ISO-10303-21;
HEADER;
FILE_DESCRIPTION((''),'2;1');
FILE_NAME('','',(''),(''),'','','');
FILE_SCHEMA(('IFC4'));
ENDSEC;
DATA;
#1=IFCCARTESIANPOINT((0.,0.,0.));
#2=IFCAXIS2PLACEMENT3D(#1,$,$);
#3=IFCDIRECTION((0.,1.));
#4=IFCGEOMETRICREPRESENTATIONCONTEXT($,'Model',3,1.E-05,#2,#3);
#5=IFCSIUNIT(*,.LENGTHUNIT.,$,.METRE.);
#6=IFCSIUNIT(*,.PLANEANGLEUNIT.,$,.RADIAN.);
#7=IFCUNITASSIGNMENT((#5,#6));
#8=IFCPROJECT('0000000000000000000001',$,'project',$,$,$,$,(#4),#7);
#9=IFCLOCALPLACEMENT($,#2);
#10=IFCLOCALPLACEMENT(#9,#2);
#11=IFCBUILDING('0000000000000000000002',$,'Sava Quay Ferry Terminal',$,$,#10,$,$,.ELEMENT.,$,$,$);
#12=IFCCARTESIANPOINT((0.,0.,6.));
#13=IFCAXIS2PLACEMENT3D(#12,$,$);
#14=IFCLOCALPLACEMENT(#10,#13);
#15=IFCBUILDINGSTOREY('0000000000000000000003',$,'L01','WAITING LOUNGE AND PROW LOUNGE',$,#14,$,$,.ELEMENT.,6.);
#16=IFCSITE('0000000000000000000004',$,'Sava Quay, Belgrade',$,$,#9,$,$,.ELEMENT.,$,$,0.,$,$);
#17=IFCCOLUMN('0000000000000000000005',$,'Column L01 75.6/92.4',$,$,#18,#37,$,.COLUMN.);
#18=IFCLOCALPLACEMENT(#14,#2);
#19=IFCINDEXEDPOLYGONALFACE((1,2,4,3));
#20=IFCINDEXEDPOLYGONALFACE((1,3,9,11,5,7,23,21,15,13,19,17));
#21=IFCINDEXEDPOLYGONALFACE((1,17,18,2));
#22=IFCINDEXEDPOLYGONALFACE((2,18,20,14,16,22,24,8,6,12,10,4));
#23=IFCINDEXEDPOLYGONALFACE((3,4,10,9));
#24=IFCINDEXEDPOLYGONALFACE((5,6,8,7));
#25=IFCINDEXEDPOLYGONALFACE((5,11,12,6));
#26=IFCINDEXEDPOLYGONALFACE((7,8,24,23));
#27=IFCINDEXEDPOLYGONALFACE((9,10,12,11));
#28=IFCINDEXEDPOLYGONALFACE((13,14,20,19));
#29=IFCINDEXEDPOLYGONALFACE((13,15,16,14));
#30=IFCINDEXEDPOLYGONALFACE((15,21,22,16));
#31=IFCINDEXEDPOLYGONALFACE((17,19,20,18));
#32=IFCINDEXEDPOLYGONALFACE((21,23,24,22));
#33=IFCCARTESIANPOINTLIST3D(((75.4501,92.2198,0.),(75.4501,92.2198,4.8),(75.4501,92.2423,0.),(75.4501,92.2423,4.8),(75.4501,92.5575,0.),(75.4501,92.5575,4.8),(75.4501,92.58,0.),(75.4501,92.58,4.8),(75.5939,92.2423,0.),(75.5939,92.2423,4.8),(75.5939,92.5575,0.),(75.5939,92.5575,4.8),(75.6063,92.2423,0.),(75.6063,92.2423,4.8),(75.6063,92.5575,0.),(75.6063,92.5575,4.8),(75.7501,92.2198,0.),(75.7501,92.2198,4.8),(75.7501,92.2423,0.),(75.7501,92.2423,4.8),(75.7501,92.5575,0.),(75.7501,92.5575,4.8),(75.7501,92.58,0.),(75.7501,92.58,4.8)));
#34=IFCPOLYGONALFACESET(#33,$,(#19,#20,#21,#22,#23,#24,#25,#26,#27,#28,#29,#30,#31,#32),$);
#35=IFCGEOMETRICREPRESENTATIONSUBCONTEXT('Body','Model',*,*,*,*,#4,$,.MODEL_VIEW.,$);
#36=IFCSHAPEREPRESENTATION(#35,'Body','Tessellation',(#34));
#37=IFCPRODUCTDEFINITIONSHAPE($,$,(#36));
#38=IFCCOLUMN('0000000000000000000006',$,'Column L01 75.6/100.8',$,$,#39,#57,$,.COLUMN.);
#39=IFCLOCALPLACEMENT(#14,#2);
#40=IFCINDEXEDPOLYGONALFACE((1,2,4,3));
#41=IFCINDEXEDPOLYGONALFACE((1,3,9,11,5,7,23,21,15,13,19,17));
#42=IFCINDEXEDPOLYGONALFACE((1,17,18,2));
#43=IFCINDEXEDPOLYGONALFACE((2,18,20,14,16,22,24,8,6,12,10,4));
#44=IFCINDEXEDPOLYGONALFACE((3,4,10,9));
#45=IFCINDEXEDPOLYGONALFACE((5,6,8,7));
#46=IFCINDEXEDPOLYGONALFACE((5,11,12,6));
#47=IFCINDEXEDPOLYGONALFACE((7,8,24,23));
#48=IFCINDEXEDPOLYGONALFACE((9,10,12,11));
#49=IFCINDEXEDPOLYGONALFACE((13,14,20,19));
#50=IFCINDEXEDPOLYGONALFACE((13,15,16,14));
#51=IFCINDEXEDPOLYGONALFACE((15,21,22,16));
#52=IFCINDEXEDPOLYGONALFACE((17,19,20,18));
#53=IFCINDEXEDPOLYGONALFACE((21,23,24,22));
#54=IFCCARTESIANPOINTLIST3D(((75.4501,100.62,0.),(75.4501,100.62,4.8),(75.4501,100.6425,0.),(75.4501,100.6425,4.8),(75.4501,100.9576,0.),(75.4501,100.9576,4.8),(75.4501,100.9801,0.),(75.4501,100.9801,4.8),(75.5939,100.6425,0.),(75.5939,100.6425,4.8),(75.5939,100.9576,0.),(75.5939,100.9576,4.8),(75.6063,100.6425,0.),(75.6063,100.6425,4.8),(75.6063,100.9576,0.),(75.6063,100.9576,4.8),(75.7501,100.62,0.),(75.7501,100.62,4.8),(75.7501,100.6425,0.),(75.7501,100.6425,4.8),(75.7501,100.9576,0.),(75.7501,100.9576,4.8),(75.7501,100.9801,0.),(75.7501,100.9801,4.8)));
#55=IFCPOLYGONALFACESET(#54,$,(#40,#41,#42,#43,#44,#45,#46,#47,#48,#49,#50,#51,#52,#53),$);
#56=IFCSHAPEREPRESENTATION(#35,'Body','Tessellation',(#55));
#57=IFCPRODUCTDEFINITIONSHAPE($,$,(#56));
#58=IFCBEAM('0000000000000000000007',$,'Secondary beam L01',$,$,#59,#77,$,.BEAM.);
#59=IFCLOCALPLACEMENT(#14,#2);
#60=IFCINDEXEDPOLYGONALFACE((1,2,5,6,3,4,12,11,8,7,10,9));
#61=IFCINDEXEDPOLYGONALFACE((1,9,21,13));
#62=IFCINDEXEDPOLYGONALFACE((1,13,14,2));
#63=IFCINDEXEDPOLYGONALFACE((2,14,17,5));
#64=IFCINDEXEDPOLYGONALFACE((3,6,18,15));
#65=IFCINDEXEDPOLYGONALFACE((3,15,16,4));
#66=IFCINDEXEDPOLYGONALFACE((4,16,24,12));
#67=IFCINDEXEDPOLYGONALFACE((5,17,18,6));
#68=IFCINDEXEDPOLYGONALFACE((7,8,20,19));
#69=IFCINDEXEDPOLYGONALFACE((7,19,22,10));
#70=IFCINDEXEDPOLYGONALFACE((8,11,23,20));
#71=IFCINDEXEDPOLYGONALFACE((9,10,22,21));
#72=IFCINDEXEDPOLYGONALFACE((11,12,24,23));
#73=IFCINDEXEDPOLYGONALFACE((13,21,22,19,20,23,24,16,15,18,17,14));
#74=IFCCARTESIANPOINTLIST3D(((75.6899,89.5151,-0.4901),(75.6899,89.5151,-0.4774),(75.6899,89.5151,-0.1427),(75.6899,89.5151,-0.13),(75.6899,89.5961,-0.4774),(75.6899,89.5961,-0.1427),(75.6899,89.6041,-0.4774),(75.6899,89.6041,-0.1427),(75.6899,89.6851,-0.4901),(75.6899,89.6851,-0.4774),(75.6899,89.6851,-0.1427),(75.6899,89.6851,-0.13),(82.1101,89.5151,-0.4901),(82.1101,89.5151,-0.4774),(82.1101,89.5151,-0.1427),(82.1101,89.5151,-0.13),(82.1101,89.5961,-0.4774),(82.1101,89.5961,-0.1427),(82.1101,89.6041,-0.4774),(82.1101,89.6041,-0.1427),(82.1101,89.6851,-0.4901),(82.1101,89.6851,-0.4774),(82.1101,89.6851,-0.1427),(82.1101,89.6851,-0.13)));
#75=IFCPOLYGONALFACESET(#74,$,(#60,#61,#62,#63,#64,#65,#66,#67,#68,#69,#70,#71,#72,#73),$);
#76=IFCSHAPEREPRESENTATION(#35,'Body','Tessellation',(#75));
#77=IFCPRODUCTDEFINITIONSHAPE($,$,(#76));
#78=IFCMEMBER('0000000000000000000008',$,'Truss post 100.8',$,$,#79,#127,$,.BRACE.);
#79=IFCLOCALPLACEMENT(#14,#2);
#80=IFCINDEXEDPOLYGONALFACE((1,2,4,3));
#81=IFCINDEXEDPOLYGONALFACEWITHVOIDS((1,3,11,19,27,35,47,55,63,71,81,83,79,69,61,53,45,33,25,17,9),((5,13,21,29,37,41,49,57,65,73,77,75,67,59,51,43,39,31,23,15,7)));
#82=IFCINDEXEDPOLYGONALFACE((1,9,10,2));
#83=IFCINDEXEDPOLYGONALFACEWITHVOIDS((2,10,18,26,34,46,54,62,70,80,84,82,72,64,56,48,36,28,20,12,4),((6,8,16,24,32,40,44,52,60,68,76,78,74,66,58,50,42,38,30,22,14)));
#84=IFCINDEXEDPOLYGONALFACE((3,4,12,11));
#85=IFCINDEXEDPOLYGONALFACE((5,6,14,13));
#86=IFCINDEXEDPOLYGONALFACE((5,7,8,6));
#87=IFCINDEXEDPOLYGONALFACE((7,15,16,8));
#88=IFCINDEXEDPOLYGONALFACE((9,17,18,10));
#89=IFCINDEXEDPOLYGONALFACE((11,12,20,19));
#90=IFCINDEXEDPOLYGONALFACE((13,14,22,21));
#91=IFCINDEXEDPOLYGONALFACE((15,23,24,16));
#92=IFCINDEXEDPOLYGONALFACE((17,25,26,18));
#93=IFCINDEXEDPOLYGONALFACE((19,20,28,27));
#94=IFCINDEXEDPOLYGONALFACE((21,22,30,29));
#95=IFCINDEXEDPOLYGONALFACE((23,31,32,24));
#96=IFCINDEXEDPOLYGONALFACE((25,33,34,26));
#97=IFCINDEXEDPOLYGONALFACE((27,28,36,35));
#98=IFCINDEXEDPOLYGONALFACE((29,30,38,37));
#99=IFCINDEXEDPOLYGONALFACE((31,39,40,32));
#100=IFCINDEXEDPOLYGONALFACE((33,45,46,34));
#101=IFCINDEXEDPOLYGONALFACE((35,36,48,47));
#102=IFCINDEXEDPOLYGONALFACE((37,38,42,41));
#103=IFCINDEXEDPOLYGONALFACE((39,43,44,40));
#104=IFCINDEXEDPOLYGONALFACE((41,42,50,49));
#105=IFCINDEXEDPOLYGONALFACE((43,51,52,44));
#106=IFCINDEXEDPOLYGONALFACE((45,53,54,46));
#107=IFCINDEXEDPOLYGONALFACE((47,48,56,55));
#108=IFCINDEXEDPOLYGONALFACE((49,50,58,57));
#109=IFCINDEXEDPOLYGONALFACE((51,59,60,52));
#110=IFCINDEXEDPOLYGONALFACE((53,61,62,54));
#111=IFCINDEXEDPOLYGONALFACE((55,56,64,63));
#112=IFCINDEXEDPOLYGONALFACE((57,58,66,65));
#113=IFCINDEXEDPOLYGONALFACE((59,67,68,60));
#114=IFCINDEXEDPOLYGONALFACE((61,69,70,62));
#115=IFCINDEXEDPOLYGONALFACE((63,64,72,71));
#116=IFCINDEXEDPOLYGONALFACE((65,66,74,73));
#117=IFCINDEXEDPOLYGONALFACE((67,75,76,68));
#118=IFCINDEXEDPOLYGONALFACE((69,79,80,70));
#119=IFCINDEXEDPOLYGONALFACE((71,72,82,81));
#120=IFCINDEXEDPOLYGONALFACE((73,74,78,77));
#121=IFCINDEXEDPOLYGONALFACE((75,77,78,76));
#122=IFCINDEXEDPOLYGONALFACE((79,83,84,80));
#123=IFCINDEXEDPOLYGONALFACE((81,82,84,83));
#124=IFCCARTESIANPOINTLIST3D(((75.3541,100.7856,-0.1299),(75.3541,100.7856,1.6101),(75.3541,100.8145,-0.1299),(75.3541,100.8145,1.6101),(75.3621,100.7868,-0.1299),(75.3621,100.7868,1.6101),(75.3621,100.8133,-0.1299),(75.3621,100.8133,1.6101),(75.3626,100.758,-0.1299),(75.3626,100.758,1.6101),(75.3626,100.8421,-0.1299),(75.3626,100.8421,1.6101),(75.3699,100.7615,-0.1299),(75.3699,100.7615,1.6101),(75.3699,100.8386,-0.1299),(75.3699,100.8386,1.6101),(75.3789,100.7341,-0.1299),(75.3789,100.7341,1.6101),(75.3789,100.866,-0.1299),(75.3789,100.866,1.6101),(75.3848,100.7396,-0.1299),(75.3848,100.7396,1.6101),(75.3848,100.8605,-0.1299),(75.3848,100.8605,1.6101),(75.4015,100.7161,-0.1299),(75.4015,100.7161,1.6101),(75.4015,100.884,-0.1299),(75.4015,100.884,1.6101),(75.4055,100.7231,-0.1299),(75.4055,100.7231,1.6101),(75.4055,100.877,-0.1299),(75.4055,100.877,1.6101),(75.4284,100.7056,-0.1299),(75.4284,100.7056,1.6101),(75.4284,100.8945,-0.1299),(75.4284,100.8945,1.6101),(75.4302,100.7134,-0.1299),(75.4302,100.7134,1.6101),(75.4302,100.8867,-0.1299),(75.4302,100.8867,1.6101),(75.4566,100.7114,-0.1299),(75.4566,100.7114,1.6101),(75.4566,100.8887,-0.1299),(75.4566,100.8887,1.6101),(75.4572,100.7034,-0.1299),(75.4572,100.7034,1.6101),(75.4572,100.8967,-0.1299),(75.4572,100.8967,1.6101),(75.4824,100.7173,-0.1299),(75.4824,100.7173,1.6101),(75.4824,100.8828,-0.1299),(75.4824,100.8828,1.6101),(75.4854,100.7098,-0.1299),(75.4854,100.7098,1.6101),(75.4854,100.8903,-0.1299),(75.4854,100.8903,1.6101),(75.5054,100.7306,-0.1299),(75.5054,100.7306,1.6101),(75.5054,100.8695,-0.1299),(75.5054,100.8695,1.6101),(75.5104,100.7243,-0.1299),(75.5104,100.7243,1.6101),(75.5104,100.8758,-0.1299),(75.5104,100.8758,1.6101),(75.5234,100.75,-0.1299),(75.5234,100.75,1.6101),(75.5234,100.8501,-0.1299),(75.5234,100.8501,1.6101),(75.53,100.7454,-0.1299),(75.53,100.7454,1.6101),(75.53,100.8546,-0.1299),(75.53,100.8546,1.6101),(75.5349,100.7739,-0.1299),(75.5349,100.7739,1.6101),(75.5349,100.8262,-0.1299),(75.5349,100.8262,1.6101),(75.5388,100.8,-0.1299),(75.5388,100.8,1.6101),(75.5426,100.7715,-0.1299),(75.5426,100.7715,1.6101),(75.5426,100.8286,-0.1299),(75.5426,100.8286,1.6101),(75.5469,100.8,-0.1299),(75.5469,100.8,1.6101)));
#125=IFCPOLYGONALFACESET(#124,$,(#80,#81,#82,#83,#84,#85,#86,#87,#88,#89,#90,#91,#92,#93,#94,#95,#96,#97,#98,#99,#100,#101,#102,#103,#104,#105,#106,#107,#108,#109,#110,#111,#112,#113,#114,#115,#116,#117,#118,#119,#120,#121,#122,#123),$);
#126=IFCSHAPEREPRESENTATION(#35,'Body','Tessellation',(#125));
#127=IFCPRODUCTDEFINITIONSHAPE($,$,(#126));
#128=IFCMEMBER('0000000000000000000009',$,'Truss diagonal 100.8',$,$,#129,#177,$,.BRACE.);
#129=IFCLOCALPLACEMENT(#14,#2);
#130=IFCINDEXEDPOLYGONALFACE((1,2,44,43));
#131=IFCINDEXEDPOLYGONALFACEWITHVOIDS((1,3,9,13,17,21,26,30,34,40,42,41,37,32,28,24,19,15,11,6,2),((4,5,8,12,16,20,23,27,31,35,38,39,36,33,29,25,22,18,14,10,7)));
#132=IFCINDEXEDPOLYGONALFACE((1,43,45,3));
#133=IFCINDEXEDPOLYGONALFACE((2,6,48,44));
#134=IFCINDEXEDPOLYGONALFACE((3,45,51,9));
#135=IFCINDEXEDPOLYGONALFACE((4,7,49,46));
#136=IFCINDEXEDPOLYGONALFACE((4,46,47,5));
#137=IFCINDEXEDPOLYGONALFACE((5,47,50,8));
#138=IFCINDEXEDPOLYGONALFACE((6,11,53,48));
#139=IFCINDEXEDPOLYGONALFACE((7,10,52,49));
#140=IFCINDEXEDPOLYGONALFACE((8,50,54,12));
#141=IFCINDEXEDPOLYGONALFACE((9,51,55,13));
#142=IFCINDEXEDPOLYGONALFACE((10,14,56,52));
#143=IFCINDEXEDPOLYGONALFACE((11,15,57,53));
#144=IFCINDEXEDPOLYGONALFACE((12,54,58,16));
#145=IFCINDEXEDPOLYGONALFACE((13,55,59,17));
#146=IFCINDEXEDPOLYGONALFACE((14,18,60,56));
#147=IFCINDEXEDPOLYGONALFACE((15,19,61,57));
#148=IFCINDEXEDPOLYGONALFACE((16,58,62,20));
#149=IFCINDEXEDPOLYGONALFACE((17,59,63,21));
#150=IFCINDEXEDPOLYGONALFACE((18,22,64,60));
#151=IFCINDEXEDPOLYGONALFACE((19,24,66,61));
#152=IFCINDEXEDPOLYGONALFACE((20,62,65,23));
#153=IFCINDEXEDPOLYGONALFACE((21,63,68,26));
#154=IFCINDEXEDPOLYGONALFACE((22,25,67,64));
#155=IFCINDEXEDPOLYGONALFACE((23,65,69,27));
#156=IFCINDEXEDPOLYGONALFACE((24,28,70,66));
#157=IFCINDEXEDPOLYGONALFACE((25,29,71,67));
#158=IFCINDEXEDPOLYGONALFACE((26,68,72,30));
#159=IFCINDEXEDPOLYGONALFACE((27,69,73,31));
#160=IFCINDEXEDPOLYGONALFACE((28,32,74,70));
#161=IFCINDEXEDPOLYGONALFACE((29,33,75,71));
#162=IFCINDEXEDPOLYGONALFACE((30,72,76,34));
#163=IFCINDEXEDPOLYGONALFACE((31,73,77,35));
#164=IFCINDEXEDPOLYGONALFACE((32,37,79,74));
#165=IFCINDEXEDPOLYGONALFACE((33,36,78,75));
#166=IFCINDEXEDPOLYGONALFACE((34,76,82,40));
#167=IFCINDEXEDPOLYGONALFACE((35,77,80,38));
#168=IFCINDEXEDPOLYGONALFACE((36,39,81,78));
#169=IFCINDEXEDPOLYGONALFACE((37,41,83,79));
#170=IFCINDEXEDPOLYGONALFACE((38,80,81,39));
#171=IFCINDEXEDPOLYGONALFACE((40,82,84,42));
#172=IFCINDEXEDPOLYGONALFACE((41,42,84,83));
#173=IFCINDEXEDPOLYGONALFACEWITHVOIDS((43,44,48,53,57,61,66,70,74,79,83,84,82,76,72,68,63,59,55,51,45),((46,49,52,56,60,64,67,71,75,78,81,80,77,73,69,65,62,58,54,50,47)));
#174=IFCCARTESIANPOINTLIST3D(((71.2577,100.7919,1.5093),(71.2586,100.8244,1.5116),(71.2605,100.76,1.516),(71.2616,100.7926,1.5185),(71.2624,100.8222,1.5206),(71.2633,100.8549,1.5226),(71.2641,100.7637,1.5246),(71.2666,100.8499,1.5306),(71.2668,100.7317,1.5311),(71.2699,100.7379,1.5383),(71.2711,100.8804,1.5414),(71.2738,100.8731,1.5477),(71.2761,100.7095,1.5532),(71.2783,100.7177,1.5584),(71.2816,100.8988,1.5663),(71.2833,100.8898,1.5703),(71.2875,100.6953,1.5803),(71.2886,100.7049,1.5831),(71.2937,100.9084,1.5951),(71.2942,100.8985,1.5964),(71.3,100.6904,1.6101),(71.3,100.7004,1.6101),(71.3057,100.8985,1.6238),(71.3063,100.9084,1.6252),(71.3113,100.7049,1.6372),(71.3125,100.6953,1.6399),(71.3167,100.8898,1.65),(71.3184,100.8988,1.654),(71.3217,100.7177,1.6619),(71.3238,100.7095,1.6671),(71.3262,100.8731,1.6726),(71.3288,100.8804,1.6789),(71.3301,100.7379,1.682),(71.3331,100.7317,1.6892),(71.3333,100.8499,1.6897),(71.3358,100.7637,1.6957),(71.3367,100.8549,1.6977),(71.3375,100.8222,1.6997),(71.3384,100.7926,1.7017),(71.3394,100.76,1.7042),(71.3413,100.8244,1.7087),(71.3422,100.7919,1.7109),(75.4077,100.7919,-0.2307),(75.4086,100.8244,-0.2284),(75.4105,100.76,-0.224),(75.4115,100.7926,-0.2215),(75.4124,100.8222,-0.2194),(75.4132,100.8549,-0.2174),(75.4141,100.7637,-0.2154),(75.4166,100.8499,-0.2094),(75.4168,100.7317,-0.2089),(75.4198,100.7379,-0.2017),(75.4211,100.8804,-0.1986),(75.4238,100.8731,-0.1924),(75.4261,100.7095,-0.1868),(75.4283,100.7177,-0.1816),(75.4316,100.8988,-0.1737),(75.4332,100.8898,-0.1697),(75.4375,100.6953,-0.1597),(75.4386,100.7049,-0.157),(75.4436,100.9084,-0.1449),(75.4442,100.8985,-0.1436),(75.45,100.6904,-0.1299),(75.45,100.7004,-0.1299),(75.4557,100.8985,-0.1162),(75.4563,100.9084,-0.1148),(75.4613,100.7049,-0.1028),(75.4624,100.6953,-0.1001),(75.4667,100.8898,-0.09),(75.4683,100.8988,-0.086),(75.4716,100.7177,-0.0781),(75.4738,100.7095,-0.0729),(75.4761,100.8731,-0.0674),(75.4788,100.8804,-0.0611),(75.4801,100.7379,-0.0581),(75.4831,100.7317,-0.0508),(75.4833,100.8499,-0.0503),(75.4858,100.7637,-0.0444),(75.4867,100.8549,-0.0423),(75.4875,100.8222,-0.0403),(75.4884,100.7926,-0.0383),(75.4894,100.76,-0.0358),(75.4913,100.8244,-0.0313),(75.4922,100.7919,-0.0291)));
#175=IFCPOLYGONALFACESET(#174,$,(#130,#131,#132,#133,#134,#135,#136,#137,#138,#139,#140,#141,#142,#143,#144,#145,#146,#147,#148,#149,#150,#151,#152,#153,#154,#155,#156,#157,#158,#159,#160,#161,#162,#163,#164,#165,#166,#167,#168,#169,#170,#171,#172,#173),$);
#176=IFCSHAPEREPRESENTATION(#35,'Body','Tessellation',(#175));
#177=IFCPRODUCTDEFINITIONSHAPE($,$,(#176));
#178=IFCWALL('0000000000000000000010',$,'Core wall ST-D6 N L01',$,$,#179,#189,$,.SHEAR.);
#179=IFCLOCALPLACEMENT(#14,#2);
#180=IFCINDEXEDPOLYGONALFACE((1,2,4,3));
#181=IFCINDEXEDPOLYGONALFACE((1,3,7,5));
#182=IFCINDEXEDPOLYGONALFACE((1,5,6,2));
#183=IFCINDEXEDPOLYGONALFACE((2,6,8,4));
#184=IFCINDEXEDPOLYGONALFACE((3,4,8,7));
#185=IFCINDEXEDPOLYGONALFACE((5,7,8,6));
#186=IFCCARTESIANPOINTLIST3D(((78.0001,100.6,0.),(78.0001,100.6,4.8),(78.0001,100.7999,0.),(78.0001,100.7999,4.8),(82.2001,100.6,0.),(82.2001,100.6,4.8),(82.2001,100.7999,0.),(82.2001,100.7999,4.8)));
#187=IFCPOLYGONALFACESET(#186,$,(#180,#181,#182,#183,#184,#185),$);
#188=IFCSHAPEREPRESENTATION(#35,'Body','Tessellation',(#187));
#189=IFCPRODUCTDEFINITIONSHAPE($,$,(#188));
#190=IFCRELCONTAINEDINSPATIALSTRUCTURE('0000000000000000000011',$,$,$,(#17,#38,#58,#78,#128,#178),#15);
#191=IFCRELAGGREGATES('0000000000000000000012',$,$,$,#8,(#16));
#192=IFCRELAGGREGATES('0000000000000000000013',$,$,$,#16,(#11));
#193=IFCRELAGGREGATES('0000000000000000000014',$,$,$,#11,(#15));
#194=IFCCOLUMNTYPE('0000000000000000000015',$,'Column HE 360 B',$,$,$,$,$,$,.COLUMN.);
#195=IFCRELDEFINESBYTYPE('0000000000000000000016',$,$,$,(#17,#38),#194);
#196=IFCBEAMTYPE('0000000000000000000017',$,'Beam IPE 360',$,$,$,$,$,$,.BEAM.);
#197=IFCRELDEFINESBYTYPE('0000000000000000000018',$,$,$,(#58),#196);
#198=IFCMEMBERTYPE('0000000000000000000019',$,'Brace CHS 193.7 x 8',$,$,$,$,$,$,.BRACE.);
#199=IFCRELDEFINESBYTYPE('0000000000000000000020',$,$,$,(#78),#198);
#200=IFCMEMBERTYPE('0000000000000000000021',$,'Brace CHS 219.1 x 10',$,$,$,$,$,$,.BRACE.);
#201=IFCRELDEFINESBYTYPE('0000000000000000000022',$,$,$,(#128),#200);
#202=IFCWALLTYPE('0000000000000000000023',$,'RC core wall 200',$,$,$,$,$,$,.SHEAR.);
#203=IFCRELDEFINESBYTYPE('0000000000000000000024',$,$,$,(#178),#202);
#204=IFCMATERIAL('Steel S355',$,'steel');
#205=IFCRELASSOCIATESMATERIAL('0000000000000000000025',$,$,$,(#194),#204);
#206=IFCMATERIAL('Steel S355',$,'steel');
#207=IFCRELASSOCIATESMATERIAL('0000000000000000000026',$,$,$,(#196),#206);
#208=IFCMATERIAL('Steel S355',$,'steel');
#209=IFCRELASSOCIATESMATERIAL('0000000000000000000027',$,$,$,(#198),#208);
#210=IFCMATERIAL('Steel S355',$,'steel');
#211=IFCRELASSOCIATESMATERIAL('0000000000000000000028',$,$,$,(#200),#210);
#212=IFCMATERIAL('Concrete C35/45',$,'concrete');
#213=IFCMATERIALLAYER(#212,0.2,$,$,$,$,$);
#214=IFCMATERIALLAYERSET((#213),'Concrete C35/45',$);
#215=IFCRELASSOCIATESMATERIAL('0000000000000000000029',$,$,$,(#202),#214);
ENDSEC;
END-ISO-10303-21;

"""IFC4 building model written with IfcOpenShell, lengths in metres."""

from ifc_helpers import new_model, si_unit, direction, frame, frame_2d, origin, origin_2d, place, context, subcontext, project, spatial, rectangle, hollow_circle, i_section, extrude, material, layer, layer_set, material_profile, profile_set, type_object, element, save


model = new_model("IFC4")

# Units and contexts
model_context = context("Model", 3, precision=1e-05, world=origin(), true_north=direction((0.0, 1.0)))
body_context = subcontext(model_context, "Body", "Model", "MODEL_VIEW")
ifc_project = project(units=[si_unit("LENGTHUNIT", "METRE"), si_unit("PLANEANGLEUNIT", "RADIAN")], contexts=[model_context])

# Site, building, storey
site_placement = place(None, origin())
site = spatial("IfcSite", under=ifc_project, at=site_placement, Name="Sava Quay, Belgrade", CompositionType="ELEMENT", RefElevation=0.0)
building_placement = place(site_placement, origin())
building = spatial("IfcBuilding", under=site, at=building_placement, Name="Sava Quay Ferry Terminal", CompositionType="ELEMENT")
storey_placement = place(building_placement, frame((0.0, 0.0, 6.0)))
storey = spatial("IfcBuildingStorey", under=building, at=storey_placement, Name="L01", Description="WAITING LOUNGE AND PROW LOUNGE", CompositionType="ELEMENT", Elevation=6.0)

# Columns
ifc_material_1 = material(Name="Steel S355", Category="steel")
ifc_material_profile_1 = material_profile(ifc_material_1, i_section(OverallWidth=0.3, OverallDepth=0.3601, WebThickness=0.0125, FlangeThickness=0.0225, at=origin_2d()), Name="HE 360 B")
ifc_profile_set_1 = profile_set([ifc_material_profile_1], Name="Steel S355")
column_type = type_object("IfcColumnType", Name="Column HE 360 B", PredefinedType="COLUMN", material=ifc_profile_set_1)
for number, where, z_axis, x_axis, name in (
    (1, (75.6001, 92.3999, 0.0), (0.0, 0.0, 1.0), (1.0, 0.0, 0.0), "Column L01 75.6/92.4"),
    (2, (75.6001, 100.8, 0.0), (0.0, 0.0, 1.0), (1.0, 0.0, 0.0), "Column L01 75.6/100.8"),
):
    element("IfcColumn", number, at=place(storey_placement, frame(where, z_axis=z_axis, x_axis=x_axis)), inside=storey, type_object=column_type, Name=name, PredefinedType="COLUMN", context=body_context, shape_type="SweptSolid", body=[
        extrude(i_section(OverallWidth=0.3, OverallDepth=0.3601, WebThickness=0.0125, FlangeThickness=0.0225, at=origin_2d()), origin(), (0.0, 0.0, 1.0), 4.8),
    ])

# Beam
ifc_material_2 = material(Name="Steel S355", Category="steel")
ifc_material_profile_2 = material_profile(ifc_material_2, i_section(OverallWidth=0.1699, OverallDepth=0.3601, WebThickness=0.0081, FlangeThickness=0.0127, at=origin_2d()), Name="IPE 360")
ifc_profile_set_2 = profile_set([ifc_material_profile_2], Name="Steel S355")
beam_type = type_object("IfcBeamType", Name="Beam IPE 360", PredefinedType="BEAM", material=ifc_profile_set_2)
beam_placement = place(storey_placement, frame((75.6899, 89.6001, -0.3101), z_axis=(1.0, 0.0, 0.0), x_axis=(0.0, 1.0, 0.0)))
element("IfcBeam", 3, at=beam_placement, inside=storey, type_object=beam_type, Name="Secondary beam L01", PredefinedType="BEAM", context=body_context, shape_type="SweptSolid", body=[
    extrude(i_section(OverallWidth=0.1699, OverallDepth=0.3601, WebThickness=0.0081, FlangeThickness=0.0127, at=origin_2d()), origin(), (0.0, 0.0, 1.0), 6.4202),
])

# Members
ifc_material_3 = material(Name="Steel S355", Category="steel")
ifc_material_profile_3 = material_profile(ifc_material_3, hollow_circle(Radius=0.0969, WallThickness=0.0081, at=origin_2d()), Name="CHS 193.7 x 8")
ifc_profile_set_3 = profile_set([ifc_material_profile_3], Name="Steel S355")
member_type_1 = type_object("IfcMemberType", Name="Brace CHS 193.7 x 8", PredefinedType="BRACE", material=ifc_profile_set_3)
member_1_placement = place(storey_placement, frame((75.45, 100.8, -0.1299), z_axis=(0.0, 0.0, 1.0), x_axis=(1.0, 0.0, 0.0)))
element("IfcMember", 4, at=member_1_placement, inside=storey, type_object=member_type_1, Name="Truss post 100.8", PredefinedType="BRACE", context=body_context, shape_type="SweptSolid", body=[
    extrude(hollow_circle(Radius=0.0969, WallThickness=0.0081, at=origin_2d()), origin(), (0.0, 0.0, 1.0), 1.74),
])
ifc_material_4 = material(Name="Steel S355", Category="steel")
ifc_material_profile_4 = material_profile(ifc_material_4, hollow_circle(Radius=0.1096, WallThickness=0.01, at=origin_2d()), Name="CHS 219.1 x 10")
ifc_profile_set_4 = profile_set([ifc_material_profile_4], Name="Steel S355")
member_type_2 = type_object("IfcMemberType", Name="Brace CHS 219.1 x 10", PredefinedType="BRACE", material=ifc_profile_set_4)
member_2_placement = place(storey_placement, frame((75.45, 100.8, -0.1299), z_axis=(-0.922217, 0.0, 0.386672), x_axis=(0.0, -1.0, 0.0)))
element("IfcMember", 5, at=member_2_placement, inside=storey, type_object=member_type_2, Name="Truss diagonal 100.8", PredefinedType="BRACE", context=body_context, shape_type="SweptSolid", body=[
    extrude(hollow_circle(Radius=0.1096, WallThickness=0.01, at=origin_2d()), origin(), (0.0, 0.0, 1.0), 4.5),
])

# Shared definitions
ifc_material_5 = material(Name="Concrete C35/45", Category="concrete")
ifc_layer_1 = layer(ifc_material_5, 0.2)
ifc_layer_set_1 = layer_set([ifc_layer_1], Name="Concrete C35/45")
wall_type_1 = type_object("IfcWallType", Name="RC core wall 200", PredefinedType="SHEAR", material=ifc_layer_set_1)

# Wall
wall_1_placement = place(storey_placement, frame((78.0, 100.7, 0.0), z_axis=(0.0, 0.0, 1.0), x_axis=(1.0, 0.0, 0.0)))
element("IfcWall", 6, at=wall_1_placement, inside=storey, type_object=wall_type_1, Name="Core wall ST-D6 N L01", PredefinedType="SHEAR", context=body_context, shape_type="SweptSolid", body=[
    extrude(rectangle(XDim=4.2, YDim=0.2, at=frame_2d((2.1001, 0.0))), origin(), (0.0, 0.0, 1.0), 4.8),
])

save(model, "model.ifc")
